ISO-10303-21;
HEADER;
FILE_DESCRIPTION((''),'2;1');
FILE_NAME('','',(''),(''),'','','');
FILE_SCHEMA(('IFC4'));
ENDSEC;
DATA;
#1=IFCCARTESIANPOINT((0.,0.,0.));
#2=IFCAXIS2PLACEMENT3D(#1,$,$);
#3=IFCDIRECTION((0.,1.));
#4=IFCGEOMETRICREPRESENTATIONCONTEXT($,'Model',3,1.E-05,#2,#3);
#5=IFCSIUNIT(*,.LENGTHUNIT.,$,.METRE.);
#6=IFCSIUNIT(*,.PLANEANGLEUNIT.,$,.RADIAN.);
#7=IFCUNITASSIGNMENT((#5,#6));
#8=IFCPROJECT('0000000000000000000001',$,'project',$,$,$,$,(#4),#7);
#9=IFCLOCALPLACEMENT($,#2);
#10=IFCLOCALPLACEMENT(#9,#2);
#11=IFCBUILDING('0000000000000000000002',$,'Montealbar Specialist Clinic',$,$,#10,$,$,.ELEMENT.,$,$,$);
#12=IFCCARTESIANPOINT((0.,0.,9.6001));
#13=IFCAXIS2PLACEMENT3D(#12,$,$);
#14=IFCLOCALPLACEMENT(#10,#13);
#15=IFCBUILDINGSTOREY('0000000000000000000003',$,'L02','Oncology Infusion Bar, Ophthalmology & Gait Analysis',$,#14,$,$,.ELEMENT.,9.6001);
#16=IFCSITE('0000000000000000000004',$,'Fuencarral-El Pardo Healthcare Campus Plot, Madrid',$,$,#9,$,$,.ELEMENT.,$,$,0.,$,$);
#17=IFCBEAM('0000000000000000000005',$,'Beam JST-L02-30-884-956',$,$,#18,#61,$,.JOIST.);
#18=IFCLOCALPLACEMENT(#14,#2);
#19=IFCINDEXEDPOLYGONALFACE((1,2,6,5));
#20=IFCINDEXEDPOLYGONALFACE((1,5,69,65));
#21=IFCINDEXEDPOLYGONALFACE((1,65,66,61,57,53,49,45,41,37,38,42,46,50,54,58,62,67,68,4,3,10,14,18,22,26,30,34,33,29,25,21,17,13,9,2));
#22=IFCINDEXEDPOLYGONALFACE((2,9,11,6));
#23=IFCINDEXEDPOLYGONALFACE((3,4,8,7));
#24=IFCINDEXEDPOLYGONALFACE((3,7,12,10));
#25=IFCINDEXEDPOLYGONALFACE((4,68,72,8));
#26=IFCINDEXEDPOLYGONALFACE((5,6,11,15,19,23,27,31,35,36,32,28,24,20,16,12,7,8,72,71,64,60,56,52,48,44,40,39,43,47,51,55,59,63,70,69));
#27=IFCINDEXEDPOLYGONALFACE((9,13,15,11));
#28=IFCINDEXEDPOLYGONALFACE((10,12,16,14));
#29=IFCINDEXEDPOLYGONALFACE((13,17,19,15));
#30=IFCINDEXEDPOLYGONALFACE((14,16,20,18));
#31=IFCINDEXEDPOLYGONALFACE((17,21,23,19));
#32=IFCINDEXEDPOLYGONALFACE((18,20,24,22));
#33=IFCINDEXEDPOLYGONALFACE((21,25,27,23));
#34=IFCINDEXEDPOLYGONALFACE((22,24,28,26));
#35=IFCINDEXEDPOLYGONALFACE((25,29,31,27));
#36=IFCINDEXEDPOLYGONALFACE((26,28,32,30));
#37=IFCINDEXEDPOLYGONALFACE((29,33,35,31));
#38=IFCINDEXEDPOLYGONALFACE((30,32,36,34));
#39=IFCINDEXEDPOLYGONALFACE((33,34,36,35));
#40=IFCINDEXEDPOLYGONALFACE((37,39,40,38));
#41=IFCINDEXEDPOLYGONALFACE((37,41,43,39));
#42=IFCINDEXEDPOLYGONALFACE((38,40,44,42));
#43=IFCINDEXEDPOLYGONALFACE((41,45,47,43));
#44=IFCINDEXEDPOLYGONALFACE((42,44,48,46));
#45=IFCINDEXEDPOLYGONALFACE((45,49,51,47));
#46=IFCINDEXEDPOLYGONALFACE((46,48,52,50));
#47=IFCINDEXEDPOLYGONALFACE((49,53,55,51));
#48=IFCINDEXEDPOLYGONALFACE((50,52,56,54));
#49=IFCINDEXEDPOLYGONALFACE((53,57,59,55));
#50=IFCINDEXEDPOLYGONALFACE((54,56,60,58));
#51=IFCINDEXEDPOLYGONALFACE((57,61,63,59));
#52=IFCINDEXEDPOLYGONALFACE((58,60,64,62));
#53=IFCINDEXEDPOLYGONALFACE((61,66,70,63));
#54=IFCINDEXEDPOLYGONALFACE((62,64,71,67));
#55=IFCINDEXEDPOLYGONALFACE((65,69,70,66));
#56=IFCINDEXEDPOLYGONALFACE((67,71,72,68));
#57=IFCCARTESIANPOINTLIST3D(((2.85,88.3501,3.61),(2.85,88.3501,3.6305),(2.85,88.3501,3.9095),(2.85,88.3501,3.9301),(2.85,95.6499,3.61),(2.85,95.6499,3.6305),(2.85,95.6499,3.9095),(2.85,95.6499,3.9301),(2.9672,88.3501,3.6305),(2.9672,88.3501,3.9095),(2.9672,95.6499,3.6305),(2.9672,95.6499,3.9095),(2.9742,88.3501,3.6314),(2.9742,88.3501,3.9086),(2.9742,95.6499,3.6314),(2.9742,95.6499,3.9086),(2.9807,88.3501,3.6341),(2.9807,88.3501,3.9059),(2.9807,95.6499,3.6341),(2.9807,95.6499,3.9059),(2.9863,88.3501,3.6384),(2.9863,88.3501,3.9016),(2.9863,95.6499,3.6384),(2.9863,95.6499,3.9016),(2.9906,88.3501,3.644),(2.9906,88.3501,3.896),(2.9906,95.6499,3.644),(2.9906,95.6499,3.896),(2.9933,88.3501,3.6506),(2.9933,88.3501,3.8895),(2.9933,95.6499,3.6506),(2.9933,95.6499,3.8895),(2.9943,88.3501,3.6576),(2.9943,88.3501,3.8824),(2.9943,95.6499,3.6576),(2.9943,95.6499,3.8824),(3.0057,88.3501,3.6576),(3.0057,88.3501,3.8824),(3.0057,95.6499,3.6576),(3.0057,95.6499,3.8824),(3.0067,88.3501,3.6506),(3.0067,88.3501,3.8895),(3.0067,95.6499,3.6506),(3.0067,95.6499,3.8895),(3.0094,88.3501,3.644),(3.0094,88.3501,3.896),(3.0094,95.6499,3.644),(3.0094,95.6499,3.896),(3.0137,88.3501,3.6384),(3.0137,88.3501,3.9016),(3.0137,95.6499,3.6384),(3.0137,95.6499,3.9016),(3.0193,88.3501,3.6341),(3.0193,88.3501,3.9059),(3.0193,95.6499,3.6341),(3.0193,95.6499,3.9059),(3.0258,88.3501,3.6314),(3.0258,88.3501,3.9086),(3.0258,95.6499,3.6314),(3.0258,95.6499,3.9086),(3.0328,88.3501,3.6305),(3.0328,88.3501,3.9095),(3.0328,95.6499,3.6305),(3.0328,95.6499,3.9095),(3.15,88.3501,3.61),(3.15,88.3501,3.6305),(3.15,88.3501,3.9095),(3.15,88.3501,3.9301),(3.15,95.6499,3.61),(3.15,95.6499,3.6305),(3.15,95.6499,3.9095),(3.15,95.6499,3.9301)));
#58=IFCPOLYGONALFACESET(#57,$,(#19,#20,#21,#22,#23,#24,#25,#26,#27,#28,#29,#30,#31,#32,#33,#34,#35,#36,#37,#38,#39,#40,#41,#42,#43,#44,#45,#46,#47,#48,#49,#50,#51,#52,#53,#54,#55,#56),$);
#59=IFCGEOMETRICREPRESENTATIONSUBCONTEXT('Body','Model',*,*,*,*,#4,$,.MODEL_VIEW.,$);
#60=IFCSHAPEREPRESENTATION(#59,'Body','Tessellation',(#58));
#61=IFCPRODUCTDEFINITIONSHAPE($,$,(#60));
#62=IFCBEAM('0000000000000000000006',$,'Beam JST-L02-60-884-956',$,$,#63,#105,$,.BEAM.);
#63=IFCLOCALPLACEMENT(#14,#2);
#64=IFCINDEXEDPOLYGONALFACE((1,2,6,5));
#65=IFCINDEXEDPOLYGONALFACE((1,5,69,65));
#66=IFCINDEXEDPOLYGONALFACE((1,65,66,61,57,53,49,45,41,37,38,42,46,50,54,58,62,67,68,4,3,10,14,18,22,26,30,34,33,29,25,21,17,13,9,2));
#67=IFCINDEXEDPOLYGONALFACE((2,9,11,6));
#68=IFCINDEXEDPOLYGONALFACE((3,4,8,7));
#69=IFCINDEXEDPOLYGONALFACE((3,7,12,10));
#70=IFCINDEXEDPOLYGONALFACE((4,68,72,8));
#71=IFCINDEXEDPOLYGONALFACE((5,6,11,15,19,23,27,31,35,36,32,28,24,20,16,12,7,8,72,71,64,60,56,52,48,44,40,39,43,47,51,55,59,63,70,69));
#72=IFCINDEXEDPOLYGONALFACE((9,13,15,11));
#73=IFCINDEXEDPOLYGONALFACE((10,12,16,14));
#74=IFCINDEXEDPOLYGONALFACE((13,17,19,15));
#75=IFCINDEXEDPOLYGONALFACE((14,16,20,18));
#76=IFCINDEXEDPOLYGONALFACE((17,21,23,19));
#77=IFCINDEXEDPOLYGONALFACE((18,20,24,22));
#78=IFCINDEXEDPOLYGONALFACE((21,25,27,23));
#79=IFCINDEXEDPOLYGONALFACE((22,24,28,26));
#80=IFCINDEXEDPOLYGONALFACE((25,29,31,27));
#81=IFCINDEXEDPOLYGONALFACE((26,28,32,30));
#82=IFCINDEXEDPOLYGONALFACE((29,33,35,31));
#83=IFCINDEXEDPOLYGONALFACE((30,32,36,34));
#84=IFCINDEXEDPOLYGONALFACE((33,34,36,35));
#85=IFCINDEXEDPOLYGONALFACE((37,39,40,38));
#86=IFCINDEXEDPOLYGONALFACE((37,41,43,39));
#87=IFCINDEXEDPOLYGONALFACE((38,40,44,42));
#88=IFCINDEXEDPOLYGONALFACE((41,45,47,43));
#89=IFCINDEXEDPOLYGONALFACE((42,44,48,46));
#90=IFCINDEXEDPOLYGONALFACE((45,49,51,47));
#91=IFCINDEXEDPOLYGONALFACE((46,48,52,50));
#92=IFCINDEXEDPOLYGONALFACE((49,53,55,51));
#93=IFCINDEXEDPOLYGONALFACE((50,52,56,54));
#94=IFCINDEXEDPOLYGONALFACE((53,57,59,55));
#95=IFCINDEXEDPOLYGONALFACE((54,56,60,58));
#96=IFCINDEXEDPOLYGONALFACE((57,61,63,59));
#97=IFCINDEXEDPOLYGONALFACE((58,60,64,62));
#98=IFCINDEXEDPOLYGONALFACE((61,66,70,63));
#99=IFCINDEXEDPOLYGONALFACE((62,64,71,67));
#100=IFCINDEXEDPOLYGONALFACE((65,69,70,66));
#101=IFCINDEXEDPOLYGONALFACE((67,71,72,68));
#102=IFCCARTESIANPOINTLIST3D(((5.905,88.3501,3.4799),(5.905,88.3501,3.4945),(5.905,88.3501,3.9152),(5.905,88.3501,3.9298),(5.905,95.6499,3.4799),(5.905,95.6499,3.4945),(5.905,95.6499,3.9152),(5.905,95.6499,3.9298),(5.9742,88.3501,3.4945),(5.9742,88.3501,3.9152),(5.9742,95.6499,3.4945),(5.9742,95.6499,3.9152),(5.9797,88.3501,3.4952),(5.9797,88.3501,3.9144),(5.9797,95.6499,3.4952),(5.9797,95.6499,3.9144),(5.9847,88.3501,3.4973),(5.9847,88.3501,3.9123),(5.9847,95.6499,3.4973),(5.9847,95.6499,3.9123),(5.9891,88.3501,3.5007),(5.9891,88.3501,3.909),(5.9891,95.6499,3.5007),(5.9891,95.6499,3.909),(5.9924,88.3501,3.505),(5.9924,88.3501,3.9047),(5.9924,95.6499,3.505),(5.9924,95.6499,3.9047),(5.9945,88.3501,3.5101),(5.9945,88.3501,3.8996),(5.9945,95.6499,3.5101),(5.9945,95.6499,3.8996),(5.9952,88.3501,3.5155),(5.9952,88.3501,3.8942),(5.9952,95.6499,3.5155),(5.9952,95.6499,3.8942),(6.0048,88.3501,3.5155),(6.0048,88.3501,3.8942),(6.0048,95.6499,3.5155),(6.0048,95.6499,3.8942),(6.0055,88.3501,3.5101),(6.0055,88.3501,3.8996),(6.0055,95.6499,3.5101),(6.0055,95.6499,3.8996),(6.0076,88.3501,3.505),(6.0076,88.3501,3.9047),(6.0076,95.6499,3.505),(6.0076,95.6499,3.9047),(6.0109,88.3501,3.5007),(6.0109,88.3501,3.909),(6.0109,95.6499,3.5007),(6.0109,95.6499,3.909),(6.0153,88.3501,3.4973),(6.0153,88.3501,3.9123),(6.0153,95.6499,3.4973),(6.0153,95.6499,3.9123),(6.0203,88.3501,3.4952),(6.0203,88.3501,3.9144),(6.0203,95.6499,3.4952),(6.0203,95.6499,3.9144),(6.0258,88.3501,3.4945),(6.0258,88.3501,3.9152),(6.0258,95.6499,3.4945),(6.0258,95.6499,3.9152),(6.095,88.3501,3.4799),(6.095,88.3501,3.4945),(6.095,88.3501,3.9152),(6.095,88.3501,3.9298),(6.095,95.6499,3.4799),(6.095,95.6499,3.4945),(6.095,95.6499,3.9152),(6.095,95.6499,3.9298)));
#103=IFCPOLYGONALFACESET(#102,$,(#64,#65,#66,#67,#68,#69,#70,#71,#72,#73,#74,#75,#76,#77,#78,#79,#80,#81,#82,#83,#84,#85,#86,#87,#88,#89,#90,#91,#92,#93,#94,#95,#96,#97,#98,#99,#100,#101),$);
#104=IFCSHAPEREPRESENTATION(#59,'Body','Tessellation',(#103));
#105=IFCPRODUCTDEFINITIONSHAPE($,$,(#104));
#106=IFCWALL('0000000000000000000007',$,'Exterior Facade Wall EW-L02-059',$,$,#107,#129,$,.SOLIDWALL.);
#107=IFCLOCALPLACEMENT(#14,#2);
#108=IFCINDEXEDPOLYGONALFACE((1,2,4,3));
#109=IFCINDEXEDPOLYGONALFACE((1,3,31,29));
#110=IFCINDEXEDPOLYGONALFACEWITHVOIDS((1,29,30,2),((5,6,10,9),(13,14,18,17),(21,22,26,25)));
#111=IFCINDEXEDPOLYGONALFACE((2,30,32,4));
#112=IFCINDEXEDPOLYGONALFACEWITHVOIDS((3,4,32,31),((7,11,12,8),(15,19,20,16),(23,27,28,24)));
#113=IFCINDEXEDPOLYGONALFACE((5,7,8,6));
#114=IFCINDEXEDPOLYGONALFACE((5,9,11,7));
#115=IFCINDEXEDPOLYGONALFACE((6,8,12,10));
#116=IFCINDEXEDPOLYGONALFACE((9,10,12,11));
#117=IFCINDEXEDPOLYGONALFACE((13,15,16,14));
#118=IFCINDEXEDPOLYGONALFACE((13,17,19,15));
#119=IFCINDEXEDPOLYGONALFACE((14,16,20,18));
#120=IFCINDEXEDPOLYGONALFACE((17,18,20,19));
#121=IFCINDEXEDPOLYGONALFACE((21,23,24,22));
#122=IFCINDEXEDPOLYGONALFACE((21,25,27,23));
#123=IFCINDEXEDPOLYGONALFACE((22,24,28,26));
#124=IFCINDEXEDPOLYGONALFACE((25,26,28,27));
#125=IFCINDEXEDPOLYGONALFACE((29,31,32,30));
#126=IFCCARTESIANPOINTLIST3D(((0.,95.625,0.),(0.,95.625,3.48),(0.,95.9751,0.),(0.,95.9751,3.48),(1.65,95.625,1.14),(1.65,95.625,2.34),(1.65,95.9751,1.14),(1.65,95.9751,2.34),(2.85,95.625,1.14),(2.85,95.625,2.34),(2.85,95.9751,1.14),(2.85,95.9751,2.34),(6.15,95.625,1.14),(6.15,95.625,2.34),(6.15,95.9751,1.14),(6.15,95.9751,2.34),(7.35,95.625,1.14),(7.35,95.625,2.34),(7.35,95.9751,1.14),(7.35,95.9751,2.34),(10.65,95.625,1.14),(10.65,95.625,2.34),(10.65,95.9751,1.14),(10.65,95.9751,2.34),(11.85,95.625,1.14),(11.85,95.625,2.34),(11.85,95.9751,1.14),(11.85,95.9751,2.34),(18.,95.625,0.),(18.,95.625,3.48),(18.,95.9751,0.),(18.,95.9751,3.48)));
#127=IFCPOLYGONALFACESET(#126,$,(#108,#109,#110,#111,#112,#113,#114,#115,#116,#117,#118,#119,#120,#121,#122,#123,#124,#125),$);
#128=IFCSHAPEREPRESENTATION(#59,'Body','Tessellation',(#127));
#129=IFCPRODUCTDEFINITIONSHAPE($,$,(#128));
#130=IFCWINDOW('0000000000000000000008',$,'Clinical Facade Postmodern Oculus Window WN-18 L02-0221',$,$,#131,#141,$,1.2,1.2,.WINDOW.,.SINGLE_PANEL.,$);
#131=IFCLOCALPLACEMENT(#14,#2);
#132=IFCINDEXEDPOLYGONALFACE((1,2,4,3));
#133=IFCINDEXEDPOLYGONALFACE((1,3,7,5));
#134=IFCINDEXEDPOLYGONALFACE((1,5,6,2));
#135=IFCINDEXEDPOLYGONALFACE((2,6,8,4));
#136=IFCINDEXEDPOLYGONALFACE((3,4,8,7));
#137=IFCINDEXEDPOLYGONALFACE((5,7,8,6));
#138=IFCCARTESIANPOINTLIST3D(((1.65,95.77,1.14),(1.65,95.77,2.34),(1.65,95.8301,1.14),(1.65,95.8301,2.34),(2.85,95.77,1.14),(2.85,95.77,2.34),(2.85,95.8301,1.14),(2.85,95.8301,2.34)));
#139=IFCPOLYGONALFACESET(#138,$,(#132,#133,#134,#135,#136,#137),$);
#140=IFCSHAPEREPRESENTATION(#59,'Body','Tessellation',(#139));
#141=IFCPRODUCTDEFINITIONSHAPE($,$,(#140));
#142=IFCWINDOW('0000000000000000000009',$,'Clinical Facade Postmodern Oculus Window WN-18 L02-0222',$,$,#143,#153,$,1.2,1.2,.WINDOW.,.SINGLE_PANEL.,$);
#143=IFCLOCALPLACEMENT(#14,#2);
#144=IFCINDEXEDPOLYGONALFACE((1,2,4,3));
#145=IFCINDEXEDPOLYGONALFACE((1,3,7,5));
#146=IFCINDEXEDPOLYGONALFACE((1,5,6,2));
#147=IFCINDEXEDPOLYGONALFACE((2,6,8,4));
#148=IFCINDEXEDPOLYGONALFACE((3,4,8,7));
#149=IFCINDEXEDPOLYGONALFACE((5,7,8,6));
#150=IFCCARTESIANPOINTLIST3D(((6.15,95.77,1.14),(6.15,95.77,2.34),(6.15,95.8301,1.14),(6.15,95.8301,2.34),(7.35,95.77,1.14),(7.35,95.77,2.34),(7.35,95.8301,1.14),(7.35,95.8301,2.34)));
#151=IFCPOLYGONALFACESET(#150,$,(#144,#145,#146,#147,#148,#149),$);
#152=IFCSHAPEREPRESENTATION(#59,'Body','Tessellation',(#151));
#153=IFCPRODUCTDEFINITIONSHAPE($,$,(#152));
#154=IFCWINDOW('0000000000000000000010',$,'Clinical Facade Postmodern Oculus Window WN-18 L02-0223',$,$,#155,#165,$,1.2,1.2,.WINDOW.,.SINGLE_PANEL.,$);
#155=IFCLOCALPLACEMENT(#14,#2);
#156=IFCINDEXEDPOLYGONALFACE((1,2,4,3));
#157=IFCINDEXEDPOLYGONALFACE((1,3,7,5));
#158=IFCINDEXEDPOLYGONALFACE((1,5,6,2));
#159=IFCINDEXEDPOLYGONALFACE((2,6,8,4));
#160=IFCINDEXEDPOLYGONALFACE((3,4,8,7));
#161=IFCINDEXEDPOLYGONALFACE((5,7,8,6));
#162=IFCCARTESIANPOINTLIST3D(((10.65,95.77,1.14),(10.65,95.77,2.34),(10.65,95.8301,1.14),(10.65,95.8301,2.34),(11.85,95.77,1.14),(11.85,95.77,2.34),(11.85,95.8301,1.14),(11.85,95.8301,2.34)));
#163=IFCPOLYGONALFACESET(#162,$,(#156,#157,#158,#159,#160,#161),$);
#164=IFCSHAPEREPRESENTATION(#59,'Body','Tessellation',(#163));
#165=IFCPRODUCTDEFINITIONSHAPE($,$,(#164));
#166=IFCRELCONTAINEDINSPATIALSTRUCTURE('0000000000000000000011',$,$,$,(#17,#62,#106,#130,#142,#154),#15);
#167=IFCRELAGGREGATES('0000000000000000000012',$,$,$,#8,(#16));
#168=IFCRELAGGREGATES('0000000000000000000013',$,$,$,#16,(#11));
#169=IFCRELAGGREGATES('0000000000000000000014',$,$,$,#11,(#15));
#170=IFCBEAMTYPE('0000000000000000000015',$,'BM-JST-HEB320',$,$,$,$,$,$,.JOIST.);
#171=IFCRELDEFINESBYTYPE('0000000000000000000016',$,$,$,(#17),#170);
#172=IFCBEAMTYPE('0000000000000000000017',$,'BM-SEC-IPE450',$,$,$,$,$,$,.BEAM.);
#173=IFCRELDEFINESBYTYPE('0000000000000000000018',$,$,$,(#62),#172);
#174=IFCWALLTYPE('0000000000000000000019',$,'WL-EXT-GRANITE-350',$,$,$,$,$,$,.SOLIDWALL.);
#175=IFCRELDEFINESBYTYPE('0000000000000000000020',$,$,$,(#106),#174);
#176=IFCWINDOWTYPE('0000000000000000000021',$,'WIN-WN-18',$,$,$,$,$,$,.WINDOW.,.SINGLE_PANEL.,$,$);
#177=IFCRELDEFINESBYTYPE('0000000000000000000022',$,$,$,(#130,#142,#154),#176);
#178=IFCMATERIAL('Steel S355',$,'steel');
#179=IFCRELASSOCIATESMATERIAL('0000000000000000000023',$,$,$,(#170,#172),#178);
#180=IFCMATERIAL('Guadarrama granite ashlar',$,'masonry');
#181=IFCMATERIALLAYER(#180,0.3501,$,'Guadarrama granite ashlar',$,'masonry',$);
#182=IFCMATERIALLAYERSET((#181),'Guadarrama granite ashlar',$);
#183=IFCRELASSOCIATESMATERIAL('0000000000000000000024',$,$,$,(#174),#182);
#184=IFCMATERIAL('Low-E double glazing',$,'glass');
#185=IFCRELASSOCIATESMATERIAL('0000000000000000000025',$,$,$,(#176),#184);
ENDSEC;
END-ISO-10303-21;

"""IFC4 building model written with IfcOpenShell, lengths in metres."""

from ifc_helpers import new_model, si_unit, direction, frame, frame_2d, origin, origin_2d, place, context, subcontext, project, spatial, rectangle, i_section, extrude, material, layer, layer_set, material_profile, profile_set, type_object, element, fill, save


model = new_model("IFC4")

# Units and contexts
model_context = context("Model", 3, precision=1e-05, world=origin(), true_north=direction((0.0, 1.0)))
body_context = subcontext(model_context, "Body", "Model", "MODEL_VIEW")
ifc_project = project(units=[si_unit("LENGTHUNIT", "METRE"), si_unit("PLANEANGLEUNIT", "RADIAN")], contexts=[model_context])

# Site, building, storey
site_placement = place(None, origin())
site = spatial("IfcSite", under=ifc_project, at=site_placement, Name="Fuencarral-El Pardo Healthcare Campus Plot, Madrid", CompositionType="ELEMENT", RefElevation=0.0)
building_placement = place(site_placement, origin())
building = spatial("IfcBuilding", under=site, at=building_placement, Name="Montealbar Specialist Clinic", CompositionType="ELEMENT")
storey_placement = place(building_placement, frame((0.0, 0.0, 9.6001)))
storey = spatial("IfcBuildingStorey", under=building, at=storey_placement, Name="L02", Description="Oncology Infusion Bar, Ophthalmology & Gait Analysis", CompositionType="ELEMENT", Elevation=9.6001)

# Shared definitions
ifc_material_1 = material(Name="Steel S355", Category="steel")

# Beams
ifc_material_profile_1 = material_profile(ifc_material_1, i_section(OverallWidth=0.3, OverallDepth=0.3201, WebThickness=0.0115, FlangeThickness=0.0205, FilletRadius=0.0271, at=origin_2d()), Name="HEB 320", Category="steel")
ifc_profile_set_1 = profile_set([ifc_material_profile_1], Name="Steel S355")
beam_type_1 = type_object("IfcBeamType", Name="BM-JST-HEB320", PredefinedType="JOIST", material=ifc_profile_set_1)
beam_1_placement = place(storey_placement, frame((3.0, 88.3501, 3.77), z_axis=(0.0, 1.0, 0.0), x_axis=(-1.0, 0.0, 0.0)))
element("IfcBeam", 1, at=beam_1_placement, inside=storey, type_object=beam_type_1, Name="Beam JST-L02-30-884-956", PredefinedType="JOIST", context=body_context, shape_type="SweptSolid", body=[
    extrude(i_section(OverallWidth=0.3, OverallDepth=0.3201, WebThickness=0.0115, FlangeThickness=0.0205, FilletRadius=0.0271, at=origin_2d()), origin(), (0.0, 0.0, 1.0), 7.2998),
])
ifc_material_profile_2 = material_profile(ifc_material_1, i_section(OverallWidth=0.1899, OverallDepth=0.45, WebThickness=0.0095, FlangeThickness=0.0146, FilletRadius=0.021, at=origin_2d()), Name="IPE 450", Category="steel")
ifc_profile_set_2 = profile_set([ifc_material_profile_2], Name="Steel S355")
beam_type_2 = type_object("IfcBeamType", Name="BM-SEC-IPE450", PredefinedType="BEAM", material=ifc_profile_set_2)
beam_2_placement = place(storey_placement, frame((6.0, 88.3501, 3.7048), z_axis=(0.0, 1.0, 0.0), x_axis=(-1.0, 0.0, 0.0)))
element("IfcBeam", 2, at=beam_2_placement, inside=storey, type_object=beam_type_2, Name="Beam JST-L02-60-884-956", PredefinedType="BEAM", context=body_context, shape_type="SweptSolid", body=[
    extrude(i_section(OverallWidth=0.1899, OverallDepth=0.45, WebThickness=0.0095, FlangeThickness=0.0146, FilletRadius=0.021, at=origin_2d()), origin(), (0.0, 0.0, 1.0), 7.2998),
])

# Wall, openings, windows
ifc_material_2 = material(Name="Guadarrama granite ashlar", Category="masonry")
ifc_layer_1 = layer(ifc_material_2, 0.3501, Name="Guadarrama granite ashlar", Category="masonry")
ifc_layer_set_1 = layer_set([ifc_layer_1], Name="Guadarrama granite ashlar")
wall_type_1 = type_object("IfcWallType", Name="WL-EXT-GRANITE-350", PredefinedType="SOLIDWALL", material=ifc_layer_set_1)
wall_1_placement = place(storey_placement, frame((0.0, 95.8, 0.0), z_axis=(0.0, 0.0, 1.0), x_axis=(1.0, 0.0, 0.0)))
wall_1 = element("IfcWall", 3, at=wall_1_placement, inside=storey, type_object=wall_type_1, Name="Exterior Facade Wall EW-L02-059", PredefinedType="SOLIDWALL", context=body_context, shape_type="SweptSolid", body=[
    extrude(rectangle(XDim=18.0, YDim=0.3501, at=frame_2d((9.0, 0.0))), origin(), (0.0, 0.0, 1.0), 3.48),
])
opening_1_placement = place(wall_1_placement, frame((1.6499, 0.0, 1.1399)))
opening_1 = element("IfcOpeningElement", 4, at=opening_1_placement, cuts=wall_1, PredefinedType="OPENING", context=body_context, shape_type="SweptSolid", body=[
    extrude(rectangle(XDim=1.2, YDim=1.2, at=frame_2d((0.6001, 0.6001))), frame((0.0, 0.1851, 0.0), z_axis=(0.0, -1.0, 0.0), x_axis=(1.0, 0.0, 0.0)), (0.0, 0.0, 1.0), 0.3701),
])
opening_2_placement = place(wall_1_placement, frame((6.1499, 0.0, 1.1399)))
opening_2 = element("IfcOpeningElement", 5, at=opening_2_placement, cuts=wall_1, PredefinedType="OPENING", context=body_context, shape_type="SweptSolid", body=[
    extrude(rectangle(XDim=1.2, YDim=1.2, at=frame_2d((0.6001, 0.6001))), frame((0.0, 0.1851, 0.0), z_axis=(0.0, -1.0, 0.0), x_axis=(1.0, 0.0, 0.0)), (0.0, 0.0, 1.0), 0.3701),
])
opening_3_placement = place(wall_1_placement, frame((10.6499, 0.0, 1.1399)))
opening_3 = element("IfcOpeningElement", 6, at=opening_3_placement, cuts=wall_1, PredefinedType="OPENING", context=body_context, shape_type="SweptSolid", body=[
    extrude(rectangle(XDim=1.2, YDim=1.2, at=frame_2d((0.6001, 0.6001))), frame((0.0, 0.1851, 0.0), z_axis=(0.0, -1.0, 0.0), x_axis=(1.0, 0.0, 0.0)), (0.0, 0.0, 1.0), 0.3701),
])
ifc_material_3 = material(Name="Low-E double glazing", Category="glass")
window_type = type_object("IfcWindowType", Name="WIN-WN-18", PartitioningType="SINGLE_PANEL", PredefinedType="WINDOW", material=ifc_material_3)
window_1_placement = place(opening_1_placement, origin())
window_1 = element("IfcWindow", 7, at=window_1_placement, inside=storey, type_object=window_type, Name="Clinical Facade Postmodern Oculus Window WN-18 L02-0221", OverallHeight=1.2, OverallWidth=1.2, PartitioningType="SINGLE_PANEL", PredefinedType="WINDOW", context=body_context, shape_type="SweptSolid", body=[
    extrude(rectangle(XDim=1.2, YDim=1.2, at=frame_2d((0.6001, 0.6001))), frame((0.0, 0.03, 0.0), z_axis=(0.0, -1.0, 0.0), x_axis=(1.0, 0.0, 0.0)), (0.0, 0.0, 1.0), 0.0601),
])
fill(opening_1, window_1)
window_2_placement = place(opening_2_placement, origin())
window_2 = element("IfcWindow", 8, at=window_2_placement, inside=storey, type_object=window_type, Name="Clinical Facade Postmodern Oculus Window WN-18 L02-0222", OverallHeight=1.2, OverallWidth=1.2, PartitioningType="SINGLE_PANEL", PredefinedType="WINDOW", context=body_context, shape_type="SweptSolid", body=[
    extrude(rectangle(XDim=1.2, YDim=1.2, at=frame_2d((0.6001, 0.6001))), frame((0.0, 0.03, 0.0), z_axis=(0.0, -1.0, 0.0), x_axis=(1.0, 0.0, 0.0)), (0.0, 0.0, 1.0), 0.0601),
])
fill(opening_2, window_2)
window_3_placement = place(opening_3_placement, origin())
window_3 = element("IfcWindow", 9, at=window_3_placement, inside=storey, type_object=window_type, Name="Clinical Facade Postmodern Oculus Window WN-18 L02-0223", OverallHeight=1.2, OverallWidth=1.2, PartitioningType="SINGLE_PANEL", PredefinedType="WINDOW", context=body_context, shape_type="SweptSolid", body=[
    extrude(rectangle(XDim=1.2, YDim=1.2, at=frame_2d((0.6001, 0.6001))), frame((0.0, 0.03, 0.0), z_axis=(0.0, -1.0, 0.0), x_axis=(1.0, 0.0, 0.0)), (0.0, 0.0, 1.0), 0.0601),
])
fill(opening_3, window_3)

save(model, "model.ifc")
